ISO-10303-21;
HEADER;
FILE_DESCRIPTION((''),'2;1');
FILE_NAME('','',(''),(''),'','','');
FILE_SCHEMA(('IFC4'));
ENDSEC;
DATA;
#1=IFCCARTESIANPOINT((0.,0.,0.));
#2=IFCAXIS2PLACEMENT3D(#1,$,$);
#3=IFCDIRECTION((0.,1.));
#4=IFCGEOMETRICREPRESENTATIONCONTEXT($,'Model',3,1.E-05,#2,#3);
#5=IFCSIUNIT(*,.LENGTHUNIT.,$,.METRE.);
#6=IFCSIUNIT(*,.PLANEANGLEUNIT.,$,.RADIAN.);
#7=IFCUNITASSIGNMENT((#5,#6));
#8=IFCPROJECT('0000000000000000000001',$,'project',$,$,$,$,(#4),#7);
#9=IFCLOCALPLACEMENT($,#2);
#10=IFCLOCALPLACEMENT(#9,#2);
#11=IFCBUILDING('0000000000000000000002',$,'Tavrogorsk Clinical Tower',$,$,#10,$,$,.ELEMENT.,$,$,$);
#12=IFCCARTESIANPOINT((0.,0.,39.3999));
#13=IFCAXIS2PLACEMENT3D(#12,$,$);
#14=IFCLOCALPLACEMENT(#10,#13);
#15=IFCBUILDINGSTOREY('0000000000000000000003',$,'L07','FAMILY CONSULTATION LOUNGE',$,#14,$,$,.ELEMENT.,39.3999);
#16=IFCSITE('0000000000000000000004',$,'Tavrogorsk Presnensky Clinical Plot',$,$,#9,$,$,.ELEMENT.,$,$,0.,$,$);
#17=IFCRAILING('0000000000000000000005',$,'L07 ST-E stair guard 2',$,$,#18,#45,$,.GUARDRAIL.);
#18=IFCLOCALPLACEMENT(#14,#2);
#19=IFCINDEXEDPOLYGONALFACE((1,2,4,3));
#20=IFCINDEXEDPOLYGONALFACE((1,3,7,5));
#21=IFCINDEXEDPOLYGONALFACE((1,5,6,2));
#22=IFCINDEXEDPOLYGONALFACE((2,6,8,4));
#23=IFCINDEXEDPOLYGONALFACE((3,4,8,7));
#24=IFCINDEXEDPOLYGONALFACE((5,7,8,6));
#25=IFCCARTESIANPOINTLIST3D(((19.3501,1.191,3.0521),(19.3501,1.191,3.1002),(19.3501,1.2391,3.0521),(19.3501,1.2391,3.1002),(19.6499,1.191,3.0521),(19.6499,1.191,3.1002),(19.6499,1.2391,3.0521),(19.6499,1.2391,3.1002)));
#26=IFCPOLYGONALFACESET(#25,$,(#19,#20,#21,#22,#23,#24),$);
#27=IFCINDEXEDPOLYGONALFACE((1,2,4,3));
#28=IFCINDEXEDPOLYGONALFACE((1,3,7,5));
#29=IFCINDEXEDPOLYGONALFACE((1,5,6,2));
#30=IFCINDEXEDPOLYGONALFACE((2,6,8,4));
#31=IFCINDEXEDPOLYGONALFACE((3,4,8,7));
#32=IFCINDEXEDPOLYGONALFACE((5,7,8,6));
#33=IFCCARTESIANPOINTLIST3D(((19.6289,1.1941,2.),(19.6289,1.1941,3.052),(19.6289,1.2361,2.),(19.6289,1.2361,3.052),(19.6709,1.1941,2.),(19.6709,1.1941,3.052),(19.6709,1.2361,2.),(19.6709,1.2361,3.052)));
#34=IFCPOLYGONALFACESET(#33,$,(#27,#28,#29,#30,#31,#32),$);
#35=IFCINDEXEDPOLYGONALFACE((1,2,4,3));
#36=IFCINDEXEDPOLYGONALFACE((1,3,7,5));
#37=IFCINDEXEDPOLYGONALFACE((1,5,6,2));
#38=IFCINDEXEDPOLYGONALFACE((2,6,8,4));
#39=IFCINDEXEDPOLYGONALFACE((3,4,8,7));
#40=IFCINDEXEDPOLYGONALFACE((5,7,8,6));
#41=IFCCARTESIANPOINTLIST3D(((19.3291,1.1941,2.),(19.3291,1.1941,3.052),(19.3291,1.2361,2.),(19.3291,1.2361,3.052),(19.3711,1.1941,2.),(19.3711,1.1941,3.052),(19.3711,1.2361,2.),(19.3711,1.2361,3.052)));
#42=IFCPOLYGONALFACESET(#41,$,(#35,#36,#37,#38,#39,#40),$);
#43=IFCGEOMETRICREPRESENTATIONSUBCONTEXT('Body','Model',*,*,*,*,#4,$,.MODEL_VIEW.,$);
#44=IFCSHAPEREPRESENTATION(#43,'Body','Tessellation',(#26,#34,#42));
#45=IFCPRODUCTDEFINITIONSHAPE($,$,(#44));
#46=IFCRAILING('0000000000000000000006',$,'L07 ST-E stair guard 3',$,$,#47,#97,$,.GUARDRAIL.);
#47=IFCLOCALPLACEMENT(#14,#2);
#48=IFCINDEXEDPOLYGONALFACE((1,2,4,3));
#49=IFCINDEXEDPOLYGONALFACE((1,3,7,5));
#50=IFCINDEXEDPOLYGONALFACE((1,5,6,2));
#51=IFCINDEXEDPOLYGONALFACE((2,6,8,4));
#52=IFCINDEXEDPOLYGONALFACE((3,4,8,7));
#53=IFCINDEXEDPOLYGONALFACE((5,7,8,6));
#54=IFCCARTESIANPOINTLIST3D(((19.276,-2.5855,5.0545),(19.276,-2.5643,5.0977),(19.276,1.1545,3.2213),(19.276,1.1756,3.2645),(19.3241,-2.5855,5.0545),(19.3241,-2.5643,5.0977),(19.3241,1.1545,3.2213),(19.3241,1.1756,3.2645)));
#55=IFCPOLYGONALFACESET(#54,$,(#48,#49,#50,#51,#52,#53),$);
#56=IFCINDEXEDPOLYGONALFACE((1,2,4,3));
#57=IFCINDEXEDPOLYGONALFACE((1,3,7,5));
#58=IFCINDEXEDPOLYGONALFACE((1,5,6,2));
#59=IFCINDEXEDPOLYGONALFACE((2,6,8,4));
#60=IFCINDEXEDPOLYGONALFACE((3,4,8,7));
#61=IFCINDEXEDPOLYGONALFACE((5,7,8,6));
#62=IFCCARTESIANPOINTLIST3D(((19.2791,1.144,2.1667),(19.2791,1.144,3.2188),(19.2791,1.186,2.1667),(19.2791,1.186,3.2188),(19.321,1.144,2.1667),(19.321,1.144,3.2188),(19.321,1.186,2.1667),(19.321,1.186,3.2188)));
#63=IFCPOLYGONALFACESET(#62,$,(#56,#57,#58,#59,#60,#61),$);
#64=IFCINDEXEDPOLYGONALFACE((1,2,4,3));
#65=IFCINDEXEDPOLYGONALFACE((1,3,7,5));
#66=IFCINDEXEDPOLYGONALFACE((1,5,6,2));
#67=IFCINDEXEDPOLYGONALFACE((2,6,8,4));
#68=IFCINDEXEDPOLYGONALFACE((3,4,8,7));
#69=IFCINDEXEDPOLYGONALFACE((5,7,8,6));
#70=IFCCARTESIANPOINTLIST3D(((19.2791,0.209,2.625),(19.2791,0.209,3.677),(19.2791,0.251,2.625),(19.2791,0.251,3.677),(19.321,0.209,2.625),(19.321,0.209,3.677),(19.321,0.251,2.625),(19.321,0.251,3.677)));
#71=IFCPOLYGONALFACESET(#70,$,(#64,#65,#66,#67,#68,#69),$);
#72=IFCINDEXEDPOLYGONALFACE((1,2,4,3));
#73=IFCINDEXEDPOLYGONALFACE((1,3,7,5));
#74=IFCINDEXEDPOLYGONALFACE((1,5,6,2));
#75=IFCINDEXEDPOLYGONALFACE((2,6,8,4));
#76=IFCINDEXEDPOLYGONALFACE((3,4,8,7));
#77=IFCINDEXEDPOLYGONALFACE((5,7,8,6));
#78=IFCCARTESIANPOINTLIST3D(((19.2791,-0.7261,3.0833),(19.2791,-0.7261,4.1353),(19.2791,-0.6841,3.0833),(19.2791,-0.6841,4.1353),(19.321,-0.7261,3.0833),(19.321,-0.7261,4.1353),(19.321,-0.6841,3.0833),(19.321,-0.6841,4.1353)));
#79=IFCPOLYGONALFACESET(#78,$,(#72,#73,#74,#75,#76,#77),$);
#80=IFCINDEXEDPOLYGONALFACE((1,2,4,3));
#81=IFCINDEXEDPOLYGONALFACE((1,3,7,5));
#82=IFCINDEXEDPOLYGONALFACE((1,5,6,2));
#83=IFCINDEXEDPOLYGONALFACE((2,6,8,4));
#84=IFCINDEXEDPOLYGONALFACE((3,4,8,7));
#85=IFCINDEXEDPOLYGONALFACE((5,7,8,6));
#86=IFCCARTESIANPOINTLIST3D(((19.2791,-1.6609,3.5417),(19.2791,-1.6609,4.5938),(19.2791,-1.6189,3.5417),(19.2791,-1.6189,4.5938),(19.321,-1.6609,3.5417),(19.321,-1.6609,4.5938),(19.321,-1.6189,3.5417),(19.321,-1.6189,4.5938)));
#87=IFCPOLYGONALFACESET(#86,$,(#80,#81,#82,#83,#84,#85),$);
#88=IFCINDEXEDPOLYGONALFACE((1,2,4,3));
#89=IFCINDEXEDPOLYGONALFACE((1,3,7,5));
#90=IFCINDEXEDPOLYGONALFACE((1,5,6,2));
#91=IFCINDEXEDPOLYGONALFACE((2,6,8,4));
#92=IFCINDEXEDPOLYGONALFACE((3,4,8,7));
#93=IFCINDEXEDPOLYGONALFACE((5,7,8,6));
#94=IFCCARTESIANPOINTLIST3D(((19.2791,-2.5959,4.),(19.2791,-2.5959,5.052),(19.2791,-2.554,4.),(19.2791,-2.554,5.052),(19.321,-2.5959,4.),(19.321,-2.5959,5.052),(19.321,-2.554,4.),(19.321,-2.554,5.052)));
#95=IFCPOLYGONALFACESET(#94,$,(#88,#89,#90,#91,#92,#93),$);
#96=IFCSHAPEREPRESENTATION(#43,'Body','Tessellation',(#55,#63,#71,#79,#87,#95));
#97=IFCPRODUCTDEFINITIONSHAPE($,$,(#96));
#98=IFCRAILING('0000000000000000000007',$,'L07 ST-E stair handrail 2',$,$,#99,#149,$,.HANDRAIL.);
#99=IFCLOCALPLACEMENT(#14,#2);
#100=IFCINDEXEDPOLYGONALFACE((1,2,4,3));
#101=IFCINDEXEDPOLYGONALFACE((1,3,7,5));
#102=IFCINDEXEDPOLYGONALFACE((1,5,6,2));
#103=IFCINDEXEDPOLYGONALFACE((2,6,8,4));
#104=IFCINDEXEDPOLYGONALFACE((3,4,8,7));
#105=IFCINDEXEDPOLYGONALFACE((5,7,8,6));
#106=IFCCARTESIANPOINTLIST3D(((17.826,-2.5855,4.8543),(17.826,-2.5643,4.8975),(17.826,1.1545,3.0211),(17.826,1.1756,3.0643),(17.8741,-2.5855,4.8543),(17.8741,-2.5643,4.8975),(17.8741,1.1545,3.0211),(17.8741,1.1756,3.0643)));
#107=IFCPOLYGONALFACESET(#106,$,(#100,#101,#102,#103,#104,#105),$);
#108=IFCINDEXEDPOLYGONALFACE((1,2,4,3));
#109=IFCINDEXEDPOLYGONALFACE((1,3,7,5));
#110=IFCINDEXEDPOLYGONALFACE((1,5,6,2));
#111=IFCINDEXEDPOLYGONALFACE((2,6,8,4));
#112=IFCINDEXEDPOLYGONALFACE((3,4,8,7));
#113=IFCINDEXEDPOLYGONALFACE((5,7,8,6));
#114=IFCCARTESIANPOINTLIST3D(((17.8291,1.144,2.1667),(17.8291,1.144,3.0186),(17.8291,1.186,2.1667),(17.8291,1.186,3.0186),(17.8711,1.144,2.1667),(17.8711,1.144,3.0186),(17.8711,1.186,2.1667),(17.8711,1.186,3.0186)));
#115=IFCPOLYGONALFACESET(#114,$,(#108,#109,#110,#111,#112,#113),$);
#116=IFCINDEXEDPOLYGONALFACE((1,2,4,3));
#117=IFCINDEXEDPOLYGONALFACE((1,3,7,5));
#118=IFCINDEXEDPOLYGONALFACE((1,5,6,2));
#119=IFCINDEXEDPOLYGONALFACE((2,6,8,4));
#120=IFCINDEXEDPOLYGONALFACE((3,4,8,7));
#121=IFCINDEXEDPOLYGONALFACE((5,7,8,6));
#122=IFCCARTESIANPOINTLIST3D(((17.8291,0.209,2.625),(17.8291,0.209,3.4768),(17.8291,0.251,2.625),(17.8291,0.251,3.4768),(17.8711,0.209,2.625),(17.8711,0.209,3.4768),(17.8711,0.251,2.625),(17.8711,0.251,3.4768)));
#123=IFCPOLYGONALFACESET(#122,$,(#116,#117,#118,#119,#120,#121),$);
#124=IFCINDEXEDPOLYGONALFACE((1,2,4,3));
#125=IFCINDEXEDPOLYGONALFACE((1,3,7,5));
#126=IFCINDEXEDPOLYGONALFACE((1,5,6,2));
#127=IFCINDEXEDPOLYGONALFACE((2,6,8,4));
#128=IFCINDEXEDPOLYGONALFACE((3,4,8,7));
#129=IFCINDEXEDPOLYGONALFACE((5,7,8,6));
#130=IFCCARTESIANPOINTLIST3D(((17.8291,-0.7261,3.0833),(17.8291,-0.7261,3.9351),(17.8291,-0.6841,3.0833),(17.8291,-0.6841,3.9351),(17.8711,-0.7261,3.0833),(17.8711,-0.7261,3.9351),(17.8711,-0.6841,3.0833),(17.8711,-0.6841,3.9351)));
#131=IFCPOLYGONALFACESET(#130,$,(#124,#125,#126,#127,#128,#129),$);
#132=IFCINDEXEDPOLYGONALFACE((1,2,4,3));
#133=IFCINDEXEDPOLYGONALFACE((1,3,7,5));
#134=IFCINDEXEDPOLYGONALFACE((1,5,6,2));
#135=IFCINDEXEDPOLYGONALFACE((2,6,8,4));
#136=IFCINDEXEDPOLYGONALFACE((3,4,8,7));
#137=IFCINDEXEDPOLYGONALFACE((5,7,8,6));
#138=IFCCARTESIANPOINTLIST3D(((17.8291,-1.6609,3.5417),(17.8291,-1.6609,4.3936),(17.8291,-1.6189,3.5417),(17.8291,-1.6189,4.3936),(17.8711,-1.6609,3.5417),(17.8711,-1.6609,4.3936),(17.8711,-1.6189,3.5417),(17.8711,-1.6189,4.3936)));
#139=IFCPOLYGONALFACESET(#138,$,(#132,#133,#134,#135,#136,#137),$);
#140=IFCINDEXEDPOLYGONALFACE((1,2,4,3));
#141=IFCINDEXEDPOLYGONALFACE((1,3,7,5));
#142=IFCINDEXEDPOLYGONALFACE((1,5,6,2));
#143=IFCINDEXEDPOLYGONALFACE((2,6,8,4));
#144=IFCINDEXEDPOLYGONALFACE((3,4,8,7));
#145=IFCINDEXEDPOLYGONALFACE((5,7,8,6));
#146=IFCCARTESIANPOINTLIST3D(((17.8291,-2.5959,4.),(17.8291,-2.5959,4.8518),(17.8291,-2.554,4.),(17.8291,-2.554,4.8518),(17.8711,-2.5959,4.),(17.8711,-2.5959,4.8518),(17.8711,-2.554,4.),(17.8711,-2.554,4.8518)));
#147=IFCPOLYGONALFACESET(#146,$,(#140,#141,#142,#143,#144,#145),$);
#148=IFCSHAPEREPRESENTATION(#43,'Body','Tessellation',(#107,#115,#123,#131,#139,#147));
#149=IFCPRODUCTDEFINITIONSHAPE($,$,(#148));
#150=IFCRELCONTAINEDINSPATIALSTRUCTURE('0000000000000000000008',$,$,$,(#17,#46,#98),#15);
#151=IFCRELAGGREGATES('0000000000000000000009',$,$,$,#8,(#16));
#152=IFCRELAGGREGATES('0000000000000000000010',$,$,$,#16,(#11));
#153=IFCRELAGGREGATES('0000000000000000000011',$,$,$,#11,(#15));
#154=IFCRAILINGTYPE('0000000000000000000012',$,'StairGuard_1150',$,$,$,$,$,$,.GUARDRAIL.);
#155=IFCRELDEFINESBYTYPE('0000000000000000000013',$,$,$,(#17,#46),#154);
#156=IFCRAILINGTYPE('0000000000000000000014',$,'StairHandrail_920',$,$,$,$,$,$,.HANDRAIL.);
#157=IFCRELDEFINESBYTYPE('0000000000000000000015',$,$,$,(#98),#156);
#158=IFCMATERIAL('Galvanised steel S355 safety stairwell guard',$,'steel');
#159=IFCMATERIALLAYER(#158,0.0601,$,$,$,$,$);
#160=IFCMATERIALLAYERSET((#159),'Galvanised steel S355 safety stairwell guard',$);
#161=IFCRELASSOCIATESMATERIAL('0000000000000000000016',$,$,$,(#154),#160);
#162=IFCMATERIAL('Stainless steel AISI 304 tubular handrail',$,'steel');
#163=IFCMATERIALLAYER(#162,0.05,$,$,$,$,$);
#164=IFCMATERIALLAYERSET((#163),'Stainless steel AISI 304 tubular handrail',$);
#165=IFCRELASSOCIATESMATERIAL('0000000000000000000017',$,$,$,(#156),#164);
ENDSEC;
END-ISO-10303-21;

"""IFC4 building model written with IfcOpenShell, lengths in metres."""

from ifc_helpers import new_model, si_unit, direction, frame, origin, origin_2d, place, context, subcontext, project, spatial, rectangle, extrude, material, layer, layer_set, type_object, element, save


model = new_model("IFC4")

# Units and contexts
model_context = context("Model", 3, precision=1e-05, world=origin(), true_north=direction((0.0, 1.0)))
body_context = subcontext(model_context, "Body", "Model", "MODEL_VIEW")
ifc_project = project(units=[si_unit("LENGTHUNIT", "METRE"), si_unit("PLANEANGLEUNIT", "RADIAN")], contexts=[model_context])

# Site, building, storey
site_placement = place(None, origin())
site = spatial("IfcSite", under=ifc_project, at=site_placement, Name="Tavrogorsk Presnensky Clinical Plot", CompositionType="ELEMENT", RefElevation=0.0)
building_placement = place(site_placement, origin())
building = spatial("IfcBuilding", under=site, at=building_placement, Name="Tavrogorsk Clinical Tower", CompositionType="ELEMENT")
storey_placement = place(building_placement, frame((0.0, 0.0, 39.3999)))
storey = spatial("IfcBuildingStorey", under=building, at=storey_placement, Name="L07", Description="FAMILY CONSULTATION LOUNGE", CompositionType="ELEMENT", Elevation=39.3999)

# Railings
ifc_material_1 = material(Name="Galvanised steel S355 safety stairwell guard", Category="steel")
ifc_layer_1 = layer(ifc_material_1, 0.0601)
ifc_layer_set_1 = layer_set([ifc_layer_1], Name="Galvanised steel S355 safety stairwell guard")
railing_type_1 = type_object("IfcRailingType", Name="StairGuard_1150", PredefinedType="GUARDRAIL", material=ifc_layer_set_1)
railing_1_placement = place(storey_placement, frame((19.6499, 1.2151, 2.0)))
element("IfcRailing", 1, at=railing_1_placement, inside=storey, type_object=railing_type_1, Name="L07 ST-E stair guard 2", PredefinedType="GUARDRAIL", context=body_context, shape_type="SweptSolid", body=[
    extrude(rectangle(XDim=0.0481, YDim=0.0481, at=origin_2d()), frame((0.0, 0.0, 1.0762), z_axis=(-1.0, 0.0, 0.0), x_axis=(0.0, -1.0, 0.0)), (0.0, 0.0, 1.0), 0.2998),
    extrude(rectangle(XDim=0.042, YDim=0.042, at=origin_2d()), origin(), (0.0, 0.0, 1.0), 1.052),
    extrude(rectangle(XDim=0.042, YDim=0.042, at=origin_2d()), frame((-0.2998, 0.0, 0.0)), (0.0, 0.0, 1.0), 1.052),
])
railing_2_placement = place(storey_placement, frame((19.3, 1.165, 2.1667)))
element("IfcRailing", 2, at=railing_2_placement, inside=storey, type_object=railing_type_1, Name="L07 ST-E stair guard 3", PredefinedType="GUARDRAIL", context=body_context, shape_type="SweptSolid", body=[
    extrude(rectangle(XDim=0.0481, YDim=0.0481, at=origin_2d()), frame((0.0, 0.0, 1.0762), z_axis=(0.0, -0.897928, 0.440142), x_axis=(1.0, 0.0, 0.0)), (0.0, 0.0, 1.0), 4.165),
    extrude(rectangle(XDim=0.042, YDim=0.042, at=origin_2d()), origin(), (0.0, 0.0, 1.0), 1.052),
    extrude(rectangle(XDim=0.042, YDim=0.042, at=origin_2d()), frame((0.0, -0.9351, 0.4583)), (0.0, 0.0, 1.0), 1.052),
    extrude(rectangle(XDim=0.042, YDim=0.042, at=origin_2d()), frame((0.0, -1.8701, 0.9165)), (0.0, 0.0, 1.0), 1.052),
    extrude(rectangle(XDim=0.042, YDim=0.042, at=origin_2d()), frame((0.0, -2.8049, 1.375)), (0.0, 0.0, 1.0), 1.052),
    extrude(rectangle(XDim=0.042, YDim=0.042, at=origin_2d()), frame((0.0, -3.74, 1.8333)), (0.0, 0.0, 1.0), 1.052),
])
ifc_material_2 = material(Name="Stainless steel AISI 304 tubular handrail", Category="steel")
ifc_layer_2 = layer(ifc_material_2, 0.05)
ifc_layer_set_2 = layer_set([ifc_layer_2], Name="Stainless steel AISI 304 tubular handrail")
railing_type_2 = type_object("IfcRailingType", Name="StairHandrail_920", PredefinedType="HANDRAIL", material=ifc_layer_set_2)
railing_3_placement = place(storey_placement, frame((17.8501, 1.165, 2.1667)))
element("IfcRailing", 3, at=railing_3_placement, inside=storey, type_object=railing_type_2, Name="L07 ST-E stair handrail 2", PredefinedType="HANDRAIL", context=body_context, shape_type="SweptSolid", body=[
    extrude(rectangle(XDim=0.0481, YDim=0.0481, at=origin_2d()), frame((0.0, 0.0, 0.876), z_axis=(0.0, -0.897928, 0.440142), x_axis=(1.0, 0.0, 0.0)), (0.0, 0.0, 1.0), 4.165),
    extrude(rectangle(XDim=0.042, YDim=0.042, at=origin_2d()), origin(), (0.0, 0.0, 1.0), 0.8518),
    extrude(rectangle(XDim=0.042, YDim=0.042, at=origin_2d()), frame((0.0, -0.9351, 0.4583)), (0.0, 0.0, 1.0), 0.8518),
    extrude(rectangle(XDim=0.042, YDim=0.042, at=origin_2d()), frame((0.0, -1.8701, 0.9165)), (0.0, 0.0, 1.0), 0.8518),
    extrude(rectangle(XDim=0.042, YDim=0.042, at=origin_2d()), frame((0.0, -2.8049, 1.375)), (0.0, 0.0, 1.0), 0.8518),
    extrude(rectangle(XDim=0.042, YDim=0.042, at=origin_2d()), frame((0.0, -3.74, 1.8333)), (0.0, 0.0, 1.0), 0.8518),
])

save(model, "model.ifc")
